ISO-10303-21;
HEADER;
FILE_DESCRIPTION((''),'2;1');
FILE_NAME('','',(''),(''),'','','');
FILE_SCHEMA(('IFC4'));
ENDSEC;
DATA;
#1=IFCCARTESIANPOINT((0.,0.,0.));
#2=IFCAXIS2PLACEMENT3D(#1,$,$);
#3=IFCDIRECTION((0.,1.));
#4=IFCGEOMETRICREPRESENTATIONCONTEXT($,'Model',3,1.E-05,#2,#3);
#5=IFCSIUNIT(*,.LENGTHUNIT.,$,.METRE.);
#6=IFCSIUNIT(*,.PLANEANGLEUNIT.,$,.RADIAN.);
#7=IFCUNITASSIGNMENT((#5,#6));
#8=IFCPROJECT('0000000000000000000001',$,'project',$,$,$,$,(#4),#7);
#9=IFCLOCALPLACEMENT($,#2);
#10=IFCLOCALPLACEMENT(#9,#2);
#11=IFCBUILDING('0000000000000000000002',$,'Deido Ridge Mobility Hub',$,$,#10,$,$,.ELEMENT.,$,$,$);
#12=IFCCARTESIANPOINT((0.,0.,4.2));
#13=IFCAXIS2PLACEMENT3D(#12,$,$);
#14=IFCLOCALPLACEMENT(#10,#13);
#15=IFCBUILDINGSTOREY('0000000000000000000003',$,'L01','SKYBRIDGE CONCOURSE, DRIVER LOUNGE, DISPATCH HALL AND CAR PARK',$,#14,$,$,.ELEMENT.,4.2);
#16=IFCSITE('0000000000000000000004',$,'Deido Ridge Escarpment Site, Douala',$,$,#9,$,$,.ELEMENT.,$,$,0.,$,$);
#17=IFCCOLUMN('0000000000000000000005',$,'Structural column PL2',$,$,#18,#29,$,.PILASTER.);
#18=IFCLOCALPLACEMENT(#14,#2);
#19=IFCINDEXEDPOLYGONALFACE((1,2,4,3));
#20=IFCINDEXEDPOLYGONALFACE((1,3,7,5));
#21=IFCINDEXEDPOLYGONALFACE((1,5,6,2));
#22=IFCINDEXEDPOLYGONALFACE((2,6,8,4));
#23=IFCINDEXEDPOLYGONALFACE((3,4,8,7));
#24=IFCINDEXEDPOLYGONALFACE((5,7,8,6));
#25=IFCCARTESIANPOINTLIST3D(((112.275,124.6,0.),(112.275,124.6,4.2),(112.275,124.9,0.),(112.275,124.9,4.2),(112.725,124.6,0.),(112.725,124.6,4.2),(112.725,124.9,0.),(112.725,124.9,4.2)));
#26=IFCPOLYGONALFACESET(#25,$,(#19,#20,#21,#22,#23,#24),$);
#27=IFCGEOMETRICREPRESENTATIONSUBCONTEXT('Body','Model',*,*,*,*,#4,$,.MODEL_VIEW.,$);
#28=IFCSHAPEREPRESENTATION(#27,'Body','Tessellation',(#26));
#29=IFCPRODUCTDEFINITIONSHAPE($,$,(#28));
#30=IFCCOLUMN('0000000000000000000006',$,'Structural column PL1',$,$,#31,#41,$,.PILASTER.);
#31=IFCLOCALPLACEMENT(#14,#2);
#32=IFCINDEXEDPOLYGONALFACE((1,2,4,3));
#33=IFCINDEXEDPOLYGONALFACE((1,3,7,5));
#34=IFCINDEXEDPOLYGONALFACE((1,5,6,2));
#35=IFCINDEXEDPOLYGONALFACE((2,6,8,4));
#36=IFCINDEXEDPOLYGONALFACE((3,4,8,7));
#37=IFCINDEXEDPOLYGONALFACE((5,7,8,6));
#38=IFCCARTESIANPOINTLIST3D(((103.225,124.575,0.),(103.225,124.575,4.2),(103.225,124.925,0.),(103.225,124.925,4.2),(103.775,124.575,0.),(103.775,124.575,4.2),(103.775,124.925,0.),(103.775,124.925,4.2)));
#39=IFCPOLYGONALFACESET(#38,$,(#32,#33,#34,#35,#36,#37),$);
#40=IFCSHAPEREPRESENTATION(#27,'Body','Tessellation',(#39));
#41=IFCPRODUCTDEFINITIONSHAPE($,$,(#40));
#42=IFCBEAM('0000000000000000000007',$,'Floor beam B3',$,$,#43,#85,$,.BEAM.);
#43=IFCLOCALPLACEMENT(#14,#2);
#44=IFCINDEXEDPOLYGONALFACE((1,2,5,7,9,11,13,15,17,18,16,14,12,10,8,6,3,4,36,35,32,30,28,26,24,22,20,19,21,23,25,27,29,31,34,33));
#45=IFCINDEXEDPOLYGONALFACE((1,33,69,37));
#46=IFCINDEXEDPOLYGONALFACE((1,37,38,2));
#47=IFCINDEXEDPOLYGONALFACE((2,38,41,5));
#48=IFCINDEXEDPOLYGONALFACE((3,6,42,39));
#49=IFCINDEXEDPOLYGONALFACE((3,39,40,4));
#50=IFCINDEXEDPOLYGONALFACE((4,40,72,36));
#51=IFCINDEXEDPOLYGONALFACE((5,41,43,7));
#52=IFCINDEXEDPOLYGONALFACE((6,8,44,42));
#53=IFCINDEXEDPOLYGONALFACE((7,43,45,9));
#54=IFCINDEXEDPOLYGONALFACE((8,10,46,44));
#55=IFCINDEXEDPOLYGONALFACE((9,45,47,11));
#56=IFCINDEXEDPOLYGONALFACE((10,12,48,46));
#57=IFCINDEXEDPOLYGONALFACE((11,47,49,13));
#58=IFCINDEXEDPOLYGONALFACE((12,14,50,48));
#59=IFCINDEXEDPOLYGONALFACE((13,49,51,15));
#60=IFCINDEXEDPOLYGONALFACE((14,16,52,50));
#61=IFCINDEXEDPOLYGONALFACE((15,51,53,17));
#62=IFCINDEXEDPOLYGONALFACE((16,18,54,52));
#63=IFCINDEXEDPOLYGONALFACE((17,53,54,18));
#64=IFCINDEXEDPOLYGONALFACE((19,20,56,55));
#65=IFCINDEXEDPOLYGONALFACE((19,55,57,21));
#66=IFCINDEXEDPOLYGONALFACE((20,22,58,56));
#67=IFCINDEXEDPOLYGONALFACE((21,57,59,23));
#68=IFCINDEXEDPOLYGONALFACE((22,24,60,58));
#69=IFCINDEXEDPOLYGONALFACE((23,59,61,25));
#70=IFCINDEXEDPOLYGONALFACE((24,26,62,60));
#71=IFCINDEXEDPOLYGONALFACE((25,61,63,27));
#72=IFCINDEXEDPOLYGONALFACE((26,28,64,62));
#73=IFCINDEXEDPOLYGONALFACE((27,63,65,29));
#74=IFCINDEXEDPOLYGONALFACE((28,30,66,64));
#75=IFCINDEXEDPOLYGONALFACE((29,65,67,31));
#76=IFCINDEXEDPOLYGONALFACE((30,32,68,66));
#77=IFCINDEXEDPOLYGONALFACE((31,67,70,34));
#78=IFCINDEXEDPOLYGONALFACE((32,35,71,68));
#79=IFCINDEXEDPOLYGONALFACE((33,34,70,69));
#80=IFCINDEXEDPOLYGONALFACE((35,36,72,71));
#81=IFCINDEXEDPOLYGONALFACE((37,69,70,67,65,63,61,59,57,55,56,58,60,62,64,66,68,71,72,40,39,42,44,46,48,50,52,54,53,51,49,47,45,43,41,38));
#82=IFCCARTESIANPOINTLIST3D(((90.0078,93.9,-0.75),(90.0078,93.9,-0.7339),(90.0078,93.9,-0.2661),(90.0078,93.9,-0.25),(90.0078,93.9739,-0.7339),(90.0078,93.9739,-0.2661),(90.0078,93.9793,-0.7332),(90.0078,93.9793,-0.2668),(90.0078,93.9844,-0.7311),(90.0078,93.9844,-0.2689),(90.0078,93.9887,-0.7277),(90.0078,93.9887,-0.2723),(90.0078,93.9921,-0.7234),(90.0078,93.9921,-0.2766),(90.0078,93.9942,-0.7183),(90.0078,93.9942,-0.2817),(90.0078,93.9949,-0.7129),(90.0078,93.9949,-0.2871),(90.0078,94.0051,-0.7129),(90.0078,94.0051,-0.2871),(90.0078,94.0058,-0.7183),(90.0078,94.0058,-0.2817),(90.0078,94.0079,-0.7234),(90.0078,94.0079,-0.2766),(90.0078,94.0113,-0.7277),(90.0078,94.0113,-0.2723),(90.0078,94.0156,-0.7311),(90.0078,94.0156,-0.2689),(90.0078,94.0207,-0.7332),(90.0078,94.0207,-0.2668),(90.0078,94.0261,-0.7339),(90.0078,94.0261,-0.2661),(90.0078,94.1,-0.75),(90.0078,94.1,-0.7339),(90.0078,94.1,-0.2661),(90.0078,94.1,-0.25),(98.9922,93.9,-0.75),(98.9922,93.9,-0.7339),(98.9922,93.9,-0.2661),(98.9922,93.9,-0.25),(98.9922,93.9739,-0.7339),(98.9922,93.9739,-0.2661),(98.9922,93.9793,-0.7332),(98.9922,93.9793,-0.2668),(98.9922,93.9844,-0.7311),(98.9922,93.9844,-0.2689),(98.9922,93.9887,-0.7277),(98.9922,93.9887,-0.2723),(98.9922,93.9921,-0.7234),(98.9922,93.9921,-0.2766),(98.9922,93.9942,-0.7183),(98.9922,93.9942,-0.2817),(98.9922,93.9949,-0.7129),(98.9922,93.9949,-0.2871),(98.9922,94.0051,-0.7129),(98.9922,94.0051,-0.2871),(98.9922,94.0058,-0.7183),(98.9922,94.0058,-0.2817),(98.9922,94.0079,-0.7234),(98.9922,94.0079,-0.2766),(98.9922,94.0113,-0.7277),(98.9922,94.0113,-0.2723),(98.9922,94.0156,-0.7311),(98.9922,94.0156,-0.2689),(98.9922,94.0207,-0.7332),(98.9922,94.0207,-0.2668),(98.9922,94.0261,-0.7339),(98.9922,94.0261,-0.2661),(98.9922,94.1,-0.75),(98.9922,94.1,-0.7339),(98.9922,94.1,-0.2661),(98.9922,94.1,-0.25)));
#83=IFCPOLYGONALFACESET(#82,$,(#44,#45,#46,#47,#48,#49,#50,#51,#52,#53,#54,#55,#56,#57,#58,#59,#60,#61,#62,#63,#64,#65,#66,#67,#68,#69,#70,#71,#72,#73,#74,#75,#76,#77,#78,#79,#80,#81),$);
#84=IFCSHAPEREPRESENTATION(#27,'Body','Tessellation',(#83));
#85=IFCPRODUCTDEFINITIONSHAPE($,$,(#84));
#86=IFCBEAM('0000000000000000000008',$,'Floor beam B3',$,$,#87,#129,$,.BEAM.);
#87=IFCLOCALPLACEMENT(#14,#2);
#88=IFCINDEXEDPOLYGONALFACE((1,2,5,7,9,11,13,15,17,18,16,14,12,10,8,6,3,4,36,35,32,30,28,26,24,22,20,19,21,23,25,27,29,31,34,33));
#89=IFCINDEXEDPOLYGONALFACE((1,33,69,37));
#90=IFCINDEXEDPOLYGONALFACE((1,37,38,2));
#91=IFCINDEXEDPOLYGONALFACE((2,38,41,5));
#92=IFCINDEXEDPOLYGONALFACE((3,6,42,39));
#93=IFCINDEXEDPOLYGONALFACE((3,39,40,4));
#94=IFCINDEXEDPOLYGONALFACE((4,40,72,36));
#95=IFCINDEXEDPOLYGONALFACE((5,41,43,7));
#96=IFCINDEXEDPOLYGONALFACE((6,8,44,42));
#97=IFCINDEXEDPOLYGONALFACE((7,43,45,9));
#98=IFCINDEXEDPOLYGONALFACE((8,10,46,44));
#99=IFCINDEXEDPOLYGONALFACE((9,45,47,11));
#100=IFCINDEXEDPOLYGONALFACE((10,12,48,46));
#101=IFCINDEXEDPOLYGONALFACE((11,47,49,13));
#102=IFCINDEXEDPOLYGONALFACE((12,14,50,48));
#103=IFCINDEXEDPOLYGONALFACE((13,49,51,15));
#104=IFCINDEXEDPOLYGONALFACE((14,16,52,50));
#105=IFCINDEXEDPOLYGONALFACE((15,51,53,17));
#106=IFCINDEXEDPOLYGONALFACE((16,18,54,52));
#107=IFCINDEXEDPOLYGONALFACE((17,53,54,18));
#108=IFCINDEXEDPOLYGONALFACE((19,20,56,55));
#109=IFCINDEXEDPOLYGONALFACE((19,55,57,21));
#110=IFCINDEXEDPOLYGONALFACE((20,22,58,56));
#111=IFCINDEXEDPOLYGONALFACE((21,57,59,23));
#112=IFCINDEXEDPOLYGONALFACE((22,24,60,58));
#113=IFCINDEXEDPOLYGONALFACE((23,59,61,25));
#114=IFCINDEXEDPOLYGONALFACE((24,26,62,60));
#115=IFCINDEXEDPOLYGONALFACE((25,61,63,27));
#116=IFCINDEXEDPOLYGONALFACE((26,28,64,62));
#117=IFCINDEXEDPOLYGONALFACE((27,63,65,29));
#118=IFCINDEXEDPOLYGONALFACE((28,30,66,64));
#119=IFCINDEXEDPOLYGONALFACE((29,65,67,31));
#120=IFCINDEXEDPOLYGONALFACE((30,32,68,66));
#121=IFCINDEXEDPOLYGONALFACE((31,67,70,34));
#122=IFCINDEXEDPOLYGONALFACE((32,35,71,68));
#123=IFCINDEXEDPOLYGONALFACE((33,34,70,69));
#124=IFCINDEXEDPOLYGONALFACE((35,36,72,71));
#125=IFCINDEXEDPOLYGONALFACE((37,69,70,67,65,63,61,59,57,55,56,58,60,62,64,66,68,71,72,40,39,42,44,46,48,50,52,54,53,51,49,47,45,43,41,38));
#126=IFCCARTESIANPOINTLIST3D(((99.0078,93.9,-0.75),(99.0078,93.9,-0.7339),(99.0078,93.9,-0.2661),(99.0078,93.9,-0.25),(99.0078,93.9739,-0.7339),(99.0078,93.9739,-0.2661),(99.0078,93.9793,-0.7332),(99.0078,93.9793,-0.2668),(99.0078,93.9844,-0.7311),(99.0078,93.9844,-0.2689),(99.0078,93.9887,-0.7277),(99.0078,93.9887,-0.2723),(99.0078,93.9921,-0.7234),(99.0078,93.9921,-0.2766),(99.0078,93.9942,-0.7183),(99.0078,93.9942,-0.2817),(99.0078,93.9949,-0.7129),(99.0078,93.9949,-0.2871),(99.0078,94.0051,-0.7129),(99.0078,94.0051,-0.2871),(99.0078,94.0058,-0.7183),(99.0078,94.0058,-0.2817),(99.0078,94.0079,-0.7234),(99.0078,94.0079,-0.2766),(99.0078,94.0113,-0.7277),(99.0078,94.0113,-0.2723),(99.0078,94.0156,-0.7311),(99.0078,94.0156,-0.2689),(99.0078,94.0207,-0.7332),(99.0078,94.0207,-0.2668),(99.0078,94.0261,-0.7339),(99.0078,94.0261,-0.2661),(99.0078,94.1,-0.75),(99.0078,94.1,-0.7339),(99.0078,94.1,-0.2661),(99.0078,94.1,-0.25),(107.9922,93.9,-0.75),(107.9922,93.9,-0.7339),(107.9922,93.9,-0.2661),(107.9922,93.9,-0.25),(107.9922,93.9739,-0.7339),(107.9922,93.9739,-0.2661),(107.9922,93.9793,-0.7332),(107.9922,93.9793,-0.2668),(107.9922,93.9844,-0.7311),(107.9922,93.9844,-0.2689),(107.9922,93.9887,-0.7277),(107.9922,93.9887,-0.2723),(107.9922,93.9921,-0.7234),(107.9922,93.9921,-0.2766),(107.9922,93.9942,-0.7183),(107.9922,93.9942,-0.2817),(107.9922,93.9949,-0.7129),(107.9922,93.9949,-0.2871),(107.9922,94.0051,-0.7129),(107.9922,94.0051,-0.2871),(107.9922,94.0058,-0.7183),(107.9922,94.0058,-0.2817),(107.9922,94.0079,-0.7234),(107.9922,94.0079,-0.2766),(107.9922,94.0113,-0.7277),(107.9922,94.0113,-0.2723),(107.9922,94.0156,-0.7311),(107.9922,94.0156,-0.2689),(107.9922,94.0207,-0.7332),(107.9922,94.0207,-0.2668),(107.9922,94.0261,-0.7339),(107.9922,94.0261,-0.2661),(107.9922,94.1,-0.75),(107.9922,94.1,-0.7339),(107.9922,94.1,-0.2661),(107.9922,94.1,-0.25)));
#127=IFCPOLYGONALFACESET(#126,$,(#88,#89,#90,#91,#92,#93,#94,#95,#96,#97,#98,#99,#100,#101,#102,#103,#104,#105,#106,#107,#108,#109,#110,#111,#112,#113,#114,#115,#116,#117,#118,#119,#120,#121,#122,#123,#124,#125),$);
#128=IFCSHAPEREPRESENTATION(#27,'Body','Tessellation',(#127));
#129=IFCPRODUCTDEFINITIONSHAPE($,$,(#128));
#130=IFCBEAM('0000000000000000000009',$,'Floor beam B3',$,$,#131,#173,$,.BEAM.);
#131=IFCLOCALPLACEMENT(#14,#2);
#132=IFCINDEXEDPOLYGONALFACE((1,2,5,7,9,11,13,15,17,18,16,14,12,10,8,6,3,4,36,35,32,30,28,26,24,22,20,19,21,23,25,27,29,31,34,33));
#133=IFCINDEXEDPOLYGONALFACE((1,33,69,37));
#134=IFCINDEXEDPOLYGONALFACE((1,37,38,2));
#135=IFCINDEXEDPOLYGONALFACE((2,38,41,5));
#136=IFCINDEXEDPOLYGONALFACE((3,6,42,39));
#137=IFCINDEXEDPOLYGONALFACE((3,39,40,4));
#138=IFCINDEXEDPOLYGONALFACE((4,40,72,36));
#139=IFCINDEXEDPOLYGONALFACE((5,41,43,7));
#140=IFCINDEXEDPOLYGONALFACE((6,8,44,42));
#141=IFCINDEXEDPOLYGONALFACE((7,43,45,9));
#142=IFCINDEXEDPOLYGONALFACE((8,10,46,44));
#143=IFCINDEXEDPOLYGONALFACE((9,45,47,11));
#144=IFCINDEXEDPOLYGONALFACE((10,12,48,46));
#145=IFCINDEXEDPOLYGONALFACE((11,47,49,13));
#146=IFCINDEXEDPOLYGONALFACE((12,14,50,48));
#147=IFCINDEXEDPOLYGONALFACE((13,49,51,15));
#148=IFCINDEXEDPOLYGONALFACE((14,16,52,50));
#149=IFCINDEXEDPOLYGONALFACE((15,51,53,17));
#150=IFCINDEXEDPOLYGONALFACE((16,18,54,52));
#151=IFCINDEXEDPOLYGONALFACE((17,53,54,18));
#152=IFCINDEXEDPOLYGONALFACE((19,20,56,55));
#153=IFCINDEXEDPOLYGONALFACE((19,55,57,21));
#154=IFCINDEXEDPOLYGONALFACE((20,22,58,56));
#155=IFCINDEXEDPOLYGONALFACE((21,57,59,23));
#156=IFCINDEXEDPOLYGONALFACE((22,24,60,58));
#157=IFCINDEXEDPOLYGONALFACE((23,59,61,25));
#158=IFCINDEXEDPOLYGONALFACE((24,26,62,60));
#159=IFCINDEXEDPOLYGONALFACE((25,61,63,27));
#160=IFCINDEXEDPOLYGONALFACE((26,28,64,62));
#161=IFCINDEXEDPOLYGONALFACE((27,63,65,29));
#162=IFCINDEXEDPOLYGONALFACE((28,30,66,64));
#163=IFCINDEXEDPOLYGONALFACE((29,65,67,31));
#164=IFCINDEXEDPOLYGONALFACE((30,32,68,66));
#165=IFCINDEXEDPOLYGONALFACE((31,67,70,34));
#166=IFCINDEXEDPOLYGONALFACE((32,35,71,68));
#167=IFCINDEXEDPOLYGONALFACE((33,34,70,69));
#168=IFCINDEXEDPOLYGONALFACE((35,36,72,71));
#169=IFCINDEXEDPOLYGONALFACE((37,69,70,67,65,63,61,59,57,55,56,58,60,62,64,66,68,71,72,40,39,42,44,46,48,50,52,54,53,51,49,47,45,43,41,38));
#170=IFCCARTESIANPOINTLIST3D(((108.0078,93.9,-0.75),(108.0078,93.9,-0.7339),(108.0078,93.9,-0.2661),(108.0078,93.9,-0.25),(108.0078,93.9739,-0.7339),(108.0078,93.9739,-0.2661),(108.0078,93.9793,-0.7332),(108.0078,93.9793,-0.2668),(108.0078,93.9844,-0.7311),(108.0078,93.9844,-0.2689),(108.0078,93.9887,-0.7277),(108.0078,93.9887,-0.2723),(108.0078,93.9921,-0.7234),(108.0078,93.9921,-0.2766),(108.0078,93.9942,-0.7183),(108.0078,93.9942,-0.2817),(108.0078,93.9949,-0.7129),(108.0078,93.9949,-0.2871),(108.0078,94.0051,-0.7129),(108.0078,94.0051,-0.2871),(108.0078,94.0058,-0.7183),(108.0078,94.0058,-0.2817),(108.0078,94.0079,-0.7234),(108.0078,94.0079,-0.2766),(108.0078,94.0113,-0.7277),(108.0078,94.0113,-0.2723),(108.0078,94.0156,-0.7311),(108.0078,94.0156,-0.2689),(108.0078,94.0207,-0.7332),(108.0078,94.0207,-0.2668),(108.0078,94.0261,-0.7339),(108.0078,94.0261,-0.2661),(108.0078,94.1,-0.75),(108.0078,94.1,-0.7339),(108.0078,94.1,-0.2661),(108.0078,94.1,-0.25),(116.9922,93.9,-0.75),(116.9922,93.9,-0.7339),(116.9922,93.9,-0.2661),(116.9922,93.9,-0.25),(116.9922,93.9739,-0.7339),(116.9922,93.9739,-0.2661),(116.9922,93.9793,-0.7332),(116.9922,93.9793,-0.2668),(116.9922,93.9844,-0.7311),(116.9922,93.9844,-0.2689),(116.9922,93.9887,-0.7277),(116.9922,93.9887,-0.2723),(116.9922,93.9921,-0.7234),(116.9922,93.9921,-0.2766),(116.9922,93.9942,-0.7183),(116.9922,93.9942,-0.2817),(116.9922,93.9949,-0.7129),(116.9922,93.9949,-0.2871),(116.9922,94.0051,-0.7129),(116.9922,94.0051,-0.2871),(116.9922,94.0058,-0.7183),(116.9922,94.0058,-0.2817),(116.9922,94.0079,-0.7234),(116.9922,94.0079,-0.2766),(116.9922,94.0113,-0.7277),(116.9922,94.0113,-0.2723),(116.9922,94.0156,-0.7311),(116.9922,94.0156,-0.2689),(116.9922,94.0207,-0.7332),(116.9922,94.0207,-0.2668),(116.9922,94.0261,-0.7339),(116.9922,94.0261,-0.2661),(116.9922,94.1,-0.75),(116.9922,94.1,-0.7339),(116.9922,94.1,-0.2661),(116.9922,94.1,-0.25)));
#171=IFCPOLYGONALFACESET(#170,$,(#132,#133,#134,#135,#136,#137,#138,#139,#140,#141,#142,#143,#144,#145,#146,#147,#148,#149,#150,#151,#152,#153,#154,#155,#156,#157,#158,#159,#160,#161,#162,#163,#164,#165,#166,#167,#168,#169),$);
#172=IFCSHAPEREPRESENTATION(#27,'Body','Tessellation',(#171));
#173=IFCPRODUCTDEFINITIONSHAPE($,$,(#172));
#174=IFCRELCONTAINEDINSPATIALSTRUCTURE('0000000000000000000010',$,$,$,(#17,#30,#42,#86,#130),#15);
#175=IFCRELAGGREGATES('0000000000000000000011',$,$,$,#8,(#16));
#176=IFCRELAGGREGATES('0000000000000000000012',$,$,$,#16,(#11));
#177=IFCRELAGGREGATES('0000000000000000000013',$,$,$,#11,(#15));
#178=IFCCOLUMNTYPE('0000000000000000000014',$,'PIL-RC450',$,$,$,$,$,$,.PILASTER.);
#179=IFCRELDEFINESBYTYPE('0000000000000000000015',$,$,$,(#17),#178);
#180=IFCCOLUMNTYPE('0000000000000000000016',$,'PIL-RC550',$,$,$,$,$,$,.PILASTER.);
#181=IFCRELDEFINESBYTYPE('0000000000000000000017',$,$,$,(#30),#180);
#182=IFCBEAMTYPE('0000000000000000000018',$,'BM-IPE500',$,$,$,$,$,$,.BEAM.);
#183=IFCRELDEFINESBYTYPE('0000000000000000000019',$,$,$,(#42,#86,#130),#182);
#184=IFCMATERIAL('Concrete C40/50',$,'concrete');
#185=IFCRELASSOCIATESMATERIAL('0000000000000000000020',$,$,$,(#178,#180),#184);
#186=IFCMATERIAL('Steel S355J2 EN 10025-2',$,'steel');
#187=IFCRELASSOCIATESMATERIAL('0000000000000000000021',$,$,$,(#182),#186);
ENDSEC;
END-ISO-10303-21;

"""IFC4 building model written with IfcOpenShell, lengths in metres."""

from ifc_helpers import new_model, si_unit, direction, frame, origin, origin_2d, place, context, subcontext, project, spatial, rectangle, i_section, extrude, material, material_profile, profile_set, type_object, element, save


model = new_model("IFC4")

# Units and contexts
model_context = context("Model", 3, precision=1e-05, world=origin(), true_north=direction((0.0, 1.0)))
body_context = subcontext(model_context, "Body", "Model", "MODEL_VIEW")
ifc_project = project(units=[si_unit("LENGTHUNIT", "METRE"), si_unit("PLANEANGLEUNIT", "RADIAN")], contexts=[model_context])

# Site, building, storey
site_placement = place(None, origin())
site = spatial("IfcSite", under=ifc_project, at=site_placement, Name="Deido Ridge Escarpment Site, Douala", CompositionType="ELEMENT", RefElevation=0.0)
building_placement = place(site_placement, origin())
building = spatial("IfcBuilding", under=site, at=building_placement, Name="Deido Ridge Mobility Hub", CompositionType="ELEMENT")
storey_placement = place(building_placement, frame((0.0, 0.0, 4.2)))
storey = spatial("IfcBuildingStorey", under=building, at=storey_placement, Name="L01", Description="SKYBRIDGE CONCOURSE, DRIVER LOUNGE, DISPATCH HALL AND CAR PARK", CompositionType="ELEMENT", Elevation=4.2)

# Columns
ifc_material_1 = material(Name="Steel S355J2 EN 10025-2", Category="steel")
ifc_material_2 = material(Name="Concrete C40/50", Category="concrete")
ifc_material_profile_1 = material_profile(ifc_material_2, rectangle(XDim=0.45, YDim=0.3, at=origin_2d()), Name="RC PILASTER 450x300")
ifc_profile_set_1 = profile_set([ifc_material_profile_1], Name="Concrete C40/50")
column_type_1 = type_object("IfcColumnType", Name="PIL-RC450", PredefinedType="PILASTER", material=ifc_profile_set_1)
for number, where, z_axis, x_axis, name in (
    (1, (112.5, 124.75, 0.0), (0.0, 0.0, 1.0), (1.0, 0.0, 0.0), "Structural column PL2"),
):
    element("IfcColumn", number, at=place(storey_placement, frame(where, z_axis=z_axis, x_axis=x_axis)), inside=storey, type_object=column_type_1, Name=name, PredefinedType="PILASTER", context=body_context, shape_type="SweptSolid", body=[
        extrude(rectangle(XDim=0.45, YDim=0.3, at=origin_2d()), origin(), (0.0, 0.0, 1.0), 4.2),
    ])
ifc_material_profile_2 = material_profile(ifc_material_2, rectangle(XDim=0.55, YDim=0.3501, at=origin_2d()), Name="RC PILASTER 550x350")
ifc_profile_set_2 = profile_set([ifc_material_profile_2], Name="Concrete C40/50")
column_type_2 = type_object("IfcColumnType", Name="PIL-RC550", PredefinedType="PILASTER", material=ifc_profile_set_2)
column_placement = place(storey_placement, frame((103.5, 124.75, 0.0), z_axis=(0.0, 0.0, 1.0), x_axis=(1.0, 0.0, 0.0)))
element("IfcColumn", 2, at=column_placement, inside=storey, type_object=column_type_2, Name="Structural column PL1", PredefinedType="PILASTER", context=body_context, shape_type="SweptSolid", body=[
    extrude(rectangle(XDim=0.55, YDim=0.3501, at=origin_2d()), origin(), (0.0, 0.0, 1.0), 4.2),
])

# Beams
ifc_material_profile_3 = material_profile(ifc_material_1, i_section(OverallWidth=0.2, OverallDepth=0.5, WebThickness=0.0103, FlangeThickness=0.0161, FilletRadius=0.021, at=origin_2d()), Name="IPE 500")
ifc_profile_set_3 = profile_set([ifc_material_profile_3], Name="Steel S355J2 EN 10025-2")
beam_type_1 = type_object("IfcBeamType", Name="BM-IPE500", PredefinedType="BEAM", material=ifc_profile_set_3)
for number, where, z_axis, x_axis, name in (
    (3, (90.0078, 94.0, -0.5), (1.0, 0.0, 0.0), (0.0, 1.0, 0.0), "Floor beam B3"),
    (4, (99.0078, 94.0, -0.5), (1.0, 0.0, 0.0), (0.0, 1.0, 0.0), "Floor beam B3"),
    (5, (108.0078, 94.0, -0.5), (1.0, 0.0, 0.0), (0.0, 1.0, 0.0), "Floor beam B3"),
):
    element("IfcBeam", number, at=place(storey_placement, frame(where, z_axis=z_axis, x_axis=x_axis)), inside=storey, type_object=beam_type_1, Name=name, PredefinedType="BEAM", context=body_context, shape_type="SweptSolid", body=[
        extrude(i_section(OverallWidth=0.2, OverallDepth=0.5, WebThickness=0.0103, FlangeThickness=0.0161, FilletRadius=0.021, at=origin_2d()), origin(), (0.0, 0.0, 1.0), 8.9844),
    ])

save(model, "model.ifc")
